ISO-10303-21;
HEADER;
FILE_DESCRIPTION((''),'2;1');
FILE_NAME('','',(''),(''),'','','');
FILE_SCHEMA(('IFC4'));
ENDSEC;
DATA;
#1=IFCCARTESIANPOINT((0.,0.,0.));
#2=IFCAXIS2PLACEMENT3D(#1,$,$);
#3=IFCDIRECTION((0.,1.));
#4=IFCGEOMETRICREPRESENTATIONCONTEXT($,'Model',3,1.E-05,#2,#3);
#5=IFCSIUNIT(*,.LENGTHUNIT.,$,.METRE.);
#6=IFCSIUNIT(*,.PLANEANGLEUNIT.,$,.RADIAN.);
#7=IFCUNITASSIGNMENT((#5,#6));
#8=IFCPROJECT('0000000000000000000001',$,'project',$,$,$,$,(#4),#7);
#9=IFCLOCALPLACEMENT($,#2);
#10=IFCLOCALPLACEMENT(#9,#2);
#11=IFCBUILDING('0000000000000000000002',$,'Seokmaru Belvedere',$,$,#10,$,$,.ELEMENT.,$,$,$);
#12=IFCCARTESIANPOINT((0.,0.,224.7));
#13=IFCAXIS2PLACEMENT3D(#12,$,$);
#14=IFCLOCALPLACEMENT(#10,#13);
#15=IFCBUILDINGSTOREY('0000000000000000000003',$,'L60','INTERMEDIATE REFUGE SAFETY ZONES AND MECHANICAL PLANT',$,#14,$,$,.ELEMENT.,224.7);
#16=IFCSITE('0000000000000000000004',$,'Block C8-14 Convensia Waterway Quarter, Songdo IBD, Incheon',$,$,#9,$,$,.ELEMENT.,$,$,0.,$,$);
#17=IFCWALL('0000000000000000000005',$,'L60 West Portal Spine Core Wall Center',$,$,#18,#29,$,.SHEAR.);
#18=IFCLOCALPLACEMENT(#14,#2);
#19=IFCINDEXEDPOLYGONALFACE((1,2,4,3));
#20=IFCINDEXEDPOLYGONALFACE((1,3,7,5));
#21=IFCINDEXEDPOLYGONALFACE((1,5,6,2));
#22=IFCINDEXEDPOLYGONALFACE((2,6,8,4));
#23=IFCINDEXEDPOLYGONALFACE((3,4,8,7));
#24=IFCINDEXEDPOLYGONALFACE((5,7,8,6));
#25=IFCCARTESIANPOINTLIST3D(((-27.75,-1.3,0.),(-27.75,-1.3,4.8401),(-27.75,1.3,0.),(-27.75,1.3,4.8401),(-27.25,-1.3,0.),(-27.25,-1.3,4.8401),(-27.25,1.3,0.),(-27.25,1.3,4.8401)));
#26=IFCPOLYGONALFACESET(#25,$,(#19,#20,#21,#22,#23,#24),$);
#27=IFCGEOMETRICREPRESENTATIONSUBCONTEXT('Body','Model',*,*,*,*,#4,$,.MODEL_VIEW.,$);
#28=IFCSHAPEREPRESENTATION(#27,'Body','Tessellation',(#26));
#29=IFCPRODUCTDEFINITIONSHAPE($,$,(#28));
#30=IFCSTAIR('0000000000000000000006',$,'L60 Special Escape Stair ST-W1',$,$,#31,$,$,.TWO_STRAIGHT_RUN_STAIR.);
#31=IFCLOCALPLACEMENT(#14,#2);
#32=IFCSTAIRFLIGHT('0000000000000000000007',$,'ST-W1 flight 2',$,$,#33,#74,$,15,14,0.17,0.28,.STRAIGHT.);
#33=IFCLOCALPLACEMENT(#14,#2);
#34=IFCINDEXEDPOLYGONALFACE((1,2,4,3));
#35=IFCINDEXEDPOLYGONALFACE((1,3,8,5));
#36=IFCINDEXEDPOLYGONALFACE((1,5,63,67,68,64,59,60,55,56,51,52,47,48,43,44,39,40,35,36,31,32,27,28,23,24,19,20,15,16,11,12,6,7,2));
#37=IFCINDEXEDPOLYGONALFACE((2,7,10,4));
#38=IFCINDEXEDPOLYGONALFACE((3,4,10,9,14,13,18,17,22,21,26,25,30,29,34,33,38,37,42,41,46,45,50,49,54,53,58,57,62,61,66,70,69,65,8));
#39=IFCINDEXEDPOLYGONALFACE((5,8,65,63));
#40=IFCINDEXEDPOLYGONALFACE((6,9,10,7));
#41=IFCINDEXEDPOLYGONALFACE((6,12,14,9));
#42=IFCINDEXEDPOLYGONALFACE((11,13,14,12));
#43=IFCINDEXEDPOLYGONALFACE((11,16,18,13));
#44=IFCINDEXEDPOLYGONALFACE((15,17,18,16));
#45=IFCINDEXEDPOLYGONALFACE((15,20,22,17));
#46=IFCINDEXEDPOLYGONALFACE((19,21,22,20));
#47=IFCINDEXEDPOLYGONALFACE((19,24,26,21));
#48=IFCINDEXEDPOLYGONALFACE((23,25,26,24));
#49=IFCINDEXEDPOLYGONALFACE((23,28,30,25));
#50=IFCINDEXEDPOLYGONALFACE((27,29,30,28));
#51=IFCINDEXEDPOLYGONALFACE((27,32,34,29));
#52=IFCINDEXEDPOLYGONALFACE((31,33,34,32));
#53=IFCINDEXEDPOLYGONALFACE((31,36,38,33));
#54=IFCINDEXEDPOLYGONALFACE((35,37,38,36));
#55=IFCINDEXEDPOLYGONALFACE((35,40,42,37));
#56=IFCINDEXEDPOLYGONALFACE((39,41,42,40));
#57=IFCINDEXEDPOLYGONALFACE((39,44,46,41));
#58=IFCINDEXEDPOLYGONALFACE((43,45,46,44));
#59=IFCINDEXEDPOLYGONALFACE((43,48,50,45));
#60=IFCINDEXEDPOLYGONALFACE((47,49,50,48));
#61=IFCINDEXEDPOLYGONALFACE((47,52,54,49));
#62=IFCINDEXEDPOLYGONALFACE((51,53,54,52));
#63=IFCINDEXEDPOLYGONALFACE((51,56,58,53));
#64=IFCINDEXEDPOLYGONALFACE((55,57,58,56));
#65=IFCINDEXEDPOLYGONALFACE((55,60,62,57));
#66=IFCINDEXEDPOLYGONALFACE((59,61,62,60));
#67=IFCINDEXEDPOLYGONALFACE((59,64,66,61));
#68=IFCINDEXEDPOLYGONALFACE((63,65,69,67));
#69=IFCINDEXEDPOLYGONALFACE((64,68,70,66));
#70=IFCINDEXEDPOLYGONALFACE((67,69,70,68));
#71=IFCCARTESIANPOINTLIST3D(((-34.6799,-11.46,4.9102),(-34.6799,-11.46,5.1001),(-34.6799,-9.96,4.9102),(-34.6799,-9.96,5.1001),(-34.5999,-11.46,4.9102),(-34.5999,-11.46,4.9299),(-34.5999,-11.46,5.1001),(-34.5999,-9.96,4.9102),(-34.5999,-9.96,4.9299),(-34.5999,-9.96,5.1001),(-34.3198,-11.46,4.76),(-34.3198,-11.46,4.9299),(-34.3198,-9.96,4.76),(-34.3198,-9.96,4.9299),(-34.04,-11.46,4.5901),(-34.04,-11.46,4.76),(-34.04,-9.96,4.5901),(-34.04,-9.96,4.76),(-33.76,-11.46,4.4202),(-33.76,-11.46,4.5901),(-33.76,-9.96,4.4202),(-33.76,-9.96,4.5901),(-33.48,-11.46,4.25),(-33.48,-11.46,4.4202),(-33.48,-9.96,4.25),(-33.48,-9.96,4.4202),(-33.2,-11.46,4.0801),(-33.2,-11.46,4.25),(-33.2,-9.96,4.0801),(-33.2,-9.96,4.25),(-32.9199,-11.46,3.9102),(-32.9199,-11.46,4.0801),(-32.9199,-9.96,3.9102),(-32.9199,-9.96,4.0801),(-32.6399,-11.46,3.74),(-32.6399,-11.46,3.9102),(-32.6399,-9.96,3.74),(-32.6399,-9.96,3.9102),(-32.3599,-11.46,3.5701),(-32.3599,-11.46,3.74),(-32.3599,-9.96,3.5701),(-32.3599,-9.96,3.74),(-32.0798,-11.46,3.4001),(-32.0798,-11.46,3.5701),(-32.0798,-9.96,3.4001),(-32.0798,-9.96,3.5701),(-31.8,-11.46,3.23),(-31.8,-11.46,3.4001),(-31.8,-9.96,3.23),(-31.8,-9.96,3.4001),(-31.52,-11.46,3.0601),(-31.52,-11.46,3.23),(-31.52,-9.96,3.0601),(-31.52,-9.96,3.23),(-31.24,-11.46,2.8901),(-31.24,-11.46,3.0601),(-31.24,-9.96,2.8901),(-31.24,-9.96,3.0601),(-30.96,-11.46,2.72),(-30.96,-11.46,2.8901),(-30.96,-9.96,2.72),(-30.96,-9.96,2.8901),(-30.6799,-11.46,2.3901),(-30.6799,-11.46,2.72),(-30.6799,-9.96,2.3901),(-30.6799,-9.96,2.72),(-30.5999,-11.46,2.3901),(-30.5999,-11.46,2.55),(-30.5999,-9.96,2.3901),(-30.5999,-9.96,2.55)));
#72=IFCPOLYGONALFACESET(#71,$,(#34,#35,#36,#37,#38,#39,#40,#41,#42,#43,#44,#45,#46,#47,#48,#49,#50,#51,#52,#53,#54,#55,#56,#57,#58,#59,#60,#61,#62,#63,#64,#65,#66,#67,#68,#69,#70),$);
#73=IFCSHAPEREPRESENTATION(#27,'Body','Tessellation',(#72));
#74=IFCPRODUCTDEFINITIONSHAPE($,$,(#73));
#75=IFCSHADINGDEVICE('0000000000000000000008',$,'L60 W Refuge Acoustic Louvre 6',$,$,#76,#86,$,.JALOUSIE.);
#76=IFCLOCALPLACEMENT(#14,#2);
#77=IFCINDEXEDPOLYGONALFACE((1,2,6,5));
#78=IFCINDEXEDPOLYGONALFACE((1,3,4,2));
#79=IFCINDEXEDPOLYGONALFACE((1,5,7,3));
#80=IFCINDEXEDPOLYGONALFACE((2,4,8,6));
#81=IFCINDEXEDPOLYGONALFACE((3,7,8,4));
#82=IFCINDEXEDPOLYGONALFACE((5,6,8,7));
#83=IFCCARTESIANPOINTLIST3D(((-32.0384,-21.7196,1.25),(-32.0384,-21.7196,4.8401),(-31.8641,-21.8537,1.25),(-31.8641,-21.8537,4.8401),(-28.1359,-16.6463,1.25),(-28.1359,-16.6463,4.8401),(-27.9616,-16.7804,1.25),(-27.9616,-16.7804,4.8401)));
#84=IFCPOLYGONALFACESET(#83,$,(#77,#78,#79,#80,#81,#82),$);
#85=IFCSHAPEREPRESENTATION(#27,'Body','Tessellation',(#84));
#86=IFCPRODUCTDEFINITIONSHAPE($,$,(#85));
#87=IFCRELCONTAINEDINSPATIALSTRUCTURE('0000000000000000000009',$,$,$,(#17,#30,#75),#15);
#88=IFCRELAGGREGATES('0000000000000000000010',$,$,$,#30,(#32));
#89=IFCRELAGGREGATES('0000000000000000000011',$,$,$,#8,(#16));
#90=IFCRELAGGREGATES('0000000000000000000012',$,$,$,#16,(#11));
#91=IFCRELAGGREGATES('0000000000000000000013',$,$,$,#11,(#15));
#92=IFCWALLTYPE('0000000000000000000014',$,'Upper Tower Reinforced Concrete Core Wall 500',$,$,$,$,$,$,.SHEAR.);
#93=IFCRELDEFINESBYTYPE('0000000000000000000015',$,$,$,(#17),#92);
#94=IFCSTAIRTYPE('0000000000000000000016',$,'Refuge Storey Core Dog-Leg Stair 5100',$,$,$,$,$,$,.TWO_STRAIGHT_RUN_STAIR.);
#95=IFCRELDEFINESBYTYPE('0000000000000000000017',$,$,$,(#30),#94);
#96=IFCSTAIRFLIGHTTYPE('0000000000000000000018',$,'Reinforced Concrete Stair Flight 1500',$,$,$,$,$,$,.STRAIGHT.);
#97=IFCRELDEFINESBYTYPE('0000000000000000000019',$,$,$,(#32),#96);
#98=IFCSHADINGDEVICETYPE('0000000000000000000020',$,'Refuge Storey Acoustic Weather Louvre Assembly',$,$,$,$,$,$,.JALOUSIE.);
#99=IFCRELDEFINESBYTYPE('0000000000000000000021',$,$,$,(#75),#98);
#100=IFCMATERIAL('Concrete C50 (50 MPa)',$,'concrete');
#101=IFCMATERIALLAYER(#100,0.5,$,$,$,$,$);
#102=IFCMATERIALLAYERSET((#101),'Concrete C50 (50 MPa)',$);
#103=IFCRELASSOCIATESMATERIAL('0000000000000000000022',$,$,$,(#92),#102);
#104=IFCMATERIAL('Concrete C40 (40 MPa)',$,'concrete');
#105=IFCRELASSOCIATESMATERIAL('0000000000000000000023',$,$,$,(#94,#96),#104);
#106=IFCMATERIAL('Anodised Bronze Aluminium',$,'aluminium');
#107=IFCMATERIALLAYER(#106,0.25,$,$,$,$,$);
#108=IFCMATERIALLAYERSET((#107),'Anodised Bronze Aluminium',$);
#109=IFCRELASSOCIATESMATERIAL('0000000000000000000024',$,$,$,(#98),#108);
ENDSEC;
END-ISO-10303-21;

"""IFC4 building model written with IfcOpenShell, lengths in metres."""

from ifc_helpers import new_model, si_unit, direction, frame, frame_2d, origin, origin_2d, place, context, subcontext, project, spatial, polyline, rectangle, outline, extrude, source, transform, mapped, material, layer, layer_set, type_object, type_shapes, element, aggregate, save


model = new_model("IFC4")

# Units and contexts
model_context = context("Model", 3, precision=1e-05, world=origin(), true_north=direction((0.0, 1.0)))
body_context = subcontext(model_context, "Body", "Model", "MODEL_VIEW")
ifc_project = project(units=[si_unit("LENGTHUNIT", "METRE"), si_unit("PLANEANGLEUNIT", "RADIAN")], contexts=[model_context])

# Site, building, storey
site_placement = place(None, origin())
site = spatial("IfcSite", under=ifc_project, at=site_placement, Name="Block C8-14 Convensia Waterway Quarter, Songdo IBD, Incheon", CompositionType="ELEMENT", RefElevation=0.0)
building_placement = place(site_placement, origin())
building = spatial("IfcBuilding", under=site, at=building_placement, Name="Seokmaru Belvedere", CompositionType="ELEMENT")
storey_placement = place(building_placement, frame((0.0, 0.0, 224.7)))
storey = spatial("IfcBuildingStorey", under=building, at=storey_placement, Name="L60", Description="INTERMEDIATE REFUGE SAFETY ZONES AND MECHANICAL PLANT", CompositionType="ELEMENT", Elevation=224.7)

# Shared definitions
ifc_material_1 = material(Name="Concrete C50 (50 MPa)", Category="concrete")

# Wall
ifc_material_2 = material(Name="Concrete C40 (40 MPa)", Category="concrete")
ifc_layer_1 = layer(ifc_material_1, 0.5)
ifc_layer_set_1 = layer_set([ifc_layer_1], Name="Concrete C50 (50 MPa)")
wall_type_1 = type_object("IfcWallType", Name="Upper Tower Reinforced Concrete Core Wall 500", PredefinedType="SHEAR", material=ifc_layer_set_1)
wall_1_placement = place(storey_placement, frame((-27.5, -1.3, 0.0), z_axis=(0.0, 0.0, 1.0), x_axis=(0.0, 1.0, 0.0)))
element("IfcWall", 1, at=wall_1_placement, inside=storey, type_object=wall_type_1, Name="L60 West Portal Spine Core Wall Center", PredefinedType="SHEAR", context=body_context, shape_type="SweptSolid", body=[
    extrude(rectangle(XDim=2.6001, YDim=0.5, at=frame_2d((1.3, 0.0))), origin(), (0.0, 0.0, 1.0), 4.8401),
])

# Stair, stair flight
stair_type = type_object("IfcStairType", Name="Refuge Storey Core Dog-Leg Stair 5100", PredefinedType="TWO_STRAIGHT_RUN_STAIR", material=ifc_material_2)
stair_placement = place(storey_placement, origin())
stair = element("IfcStair", 2, at=stair_placement, inside=storey, type_object=stair_type, Name="L60 Special Escape Stair ST-W1", PredefinedType="TWO_STRAIGHT_RUN_STAIR")
stair_flight_type = type_object("IfcStairFlightType", Name="Reinforced Concrete Stair Flight 1500", PredefinedType="STRAIGHT", material=ifc_material_2)
stair_flight_placement = place(storey_placement, frame((-30.6799, -10.71, 2.55), z_axis=(0.0, 0.0, 1.0), x_axis=(-1.0, 0.0, 0.0)))
stair_flight = element("IfcStairFlight", 3, at=stair_flight_placement, type_object=stair_flight_type, Name="ST-W1 flight 2", NumberOfRisers=15, NumberOfTreads=14, PredefinedType="STRAIGHT", RiserHeight=0.17, TreadLength=0.28, context=body_context, shape_type="SweptSolid", body=[
    extrude(outline(polyline([(-0.0801, 0.0), (0.0, 0.1699), (0.28, 0.1699), (0.28, 0.3401), (0.5601, 0.3401), (0.5601, 0.51), (0.8401, 0.51), (0.8401, 0.6799), (1.1201, 0.6799), (1.1201, 0.8501), (1.3999, 0.8501), (1.3999, 1.02), (1.6799, 1.02), (1.6799, 1.1899), (1.96, 1.1899), (1.96, 1.3601), (2.24, 1.3601), (2.24, 1.53), (2.52, 1.53), (2.52, 1.7), (2.8, 1.7), (2.8, 1.8701), (3.0801, 1.8701), (3.0801, 2.04), (3.3601, 2.04), (3.3601, 2.21), (3.6399, 2.21), (3.6399, 2.3799), (3.9199, 2.3799), (3.9199, 2.55), (4.0, 2.55), (4.0, 2.3601), (3.9199, 2.3601), (0.0, -0.1599), (-0.0801, -0.1599), (-0.0801, 0.0)])), frame((0.0, 0.75, 0.0), z_axis=(0.0, -1.0, 0.0), x_axis=(1.0, 0.0, 0.0)), (0.0, 0.0, 1.0), 1.5),
])
aggregate(stair, [stair_flight])

# Shading device
ifc_material_3 = material(Name="Anodised Bronze Aluminium", Category="aluminium")
ifc_layer_2 = layer(ifc_material_3, 0.25)
ifc_layer_set_2 = layer_set([ifc_layer_2], Name="Anodised Bronze Aluminium")
shading_device_type = type_object("IfcShadingDeviceType", Name="Refuge Storey Acoustic Weather Louvre Assembly", PredefinedType="JALOUSIE", material=ifc_layer_set_2)
shared_shape_1 = source(origin(), body_context, "Body", "SweptSolid", [
    extrude(rectangle(XDim=6.4006, YDim=0.22, at=origin_2d()), origin(), (0.0, 0.0, 1.0), 3.5901),
])
type_shapes(shading_device_type, [shared_shape_1])
shading_device_placement = place(storey_placement, frame((-30.0, -19.25, 1.25), z_axis=(0.0, 0.0, 1.0), x_axis=(0.609711, 0.792624, 0.0)))
element("IfcShadingDevice", 4, at=shading_device_placement, inside=storey, type_object=shading_device_type, Name="L60 W Refuge Acoustic Louvre 6", PredefinedType="JALOUSIE", context=body_context, shape_type="MappedRepresentation", body=[
    mapped(shared_shape_1, transform((0.0, 0.0, 0.0), scale=1.0)),
])

save(model, "model.ifc")
